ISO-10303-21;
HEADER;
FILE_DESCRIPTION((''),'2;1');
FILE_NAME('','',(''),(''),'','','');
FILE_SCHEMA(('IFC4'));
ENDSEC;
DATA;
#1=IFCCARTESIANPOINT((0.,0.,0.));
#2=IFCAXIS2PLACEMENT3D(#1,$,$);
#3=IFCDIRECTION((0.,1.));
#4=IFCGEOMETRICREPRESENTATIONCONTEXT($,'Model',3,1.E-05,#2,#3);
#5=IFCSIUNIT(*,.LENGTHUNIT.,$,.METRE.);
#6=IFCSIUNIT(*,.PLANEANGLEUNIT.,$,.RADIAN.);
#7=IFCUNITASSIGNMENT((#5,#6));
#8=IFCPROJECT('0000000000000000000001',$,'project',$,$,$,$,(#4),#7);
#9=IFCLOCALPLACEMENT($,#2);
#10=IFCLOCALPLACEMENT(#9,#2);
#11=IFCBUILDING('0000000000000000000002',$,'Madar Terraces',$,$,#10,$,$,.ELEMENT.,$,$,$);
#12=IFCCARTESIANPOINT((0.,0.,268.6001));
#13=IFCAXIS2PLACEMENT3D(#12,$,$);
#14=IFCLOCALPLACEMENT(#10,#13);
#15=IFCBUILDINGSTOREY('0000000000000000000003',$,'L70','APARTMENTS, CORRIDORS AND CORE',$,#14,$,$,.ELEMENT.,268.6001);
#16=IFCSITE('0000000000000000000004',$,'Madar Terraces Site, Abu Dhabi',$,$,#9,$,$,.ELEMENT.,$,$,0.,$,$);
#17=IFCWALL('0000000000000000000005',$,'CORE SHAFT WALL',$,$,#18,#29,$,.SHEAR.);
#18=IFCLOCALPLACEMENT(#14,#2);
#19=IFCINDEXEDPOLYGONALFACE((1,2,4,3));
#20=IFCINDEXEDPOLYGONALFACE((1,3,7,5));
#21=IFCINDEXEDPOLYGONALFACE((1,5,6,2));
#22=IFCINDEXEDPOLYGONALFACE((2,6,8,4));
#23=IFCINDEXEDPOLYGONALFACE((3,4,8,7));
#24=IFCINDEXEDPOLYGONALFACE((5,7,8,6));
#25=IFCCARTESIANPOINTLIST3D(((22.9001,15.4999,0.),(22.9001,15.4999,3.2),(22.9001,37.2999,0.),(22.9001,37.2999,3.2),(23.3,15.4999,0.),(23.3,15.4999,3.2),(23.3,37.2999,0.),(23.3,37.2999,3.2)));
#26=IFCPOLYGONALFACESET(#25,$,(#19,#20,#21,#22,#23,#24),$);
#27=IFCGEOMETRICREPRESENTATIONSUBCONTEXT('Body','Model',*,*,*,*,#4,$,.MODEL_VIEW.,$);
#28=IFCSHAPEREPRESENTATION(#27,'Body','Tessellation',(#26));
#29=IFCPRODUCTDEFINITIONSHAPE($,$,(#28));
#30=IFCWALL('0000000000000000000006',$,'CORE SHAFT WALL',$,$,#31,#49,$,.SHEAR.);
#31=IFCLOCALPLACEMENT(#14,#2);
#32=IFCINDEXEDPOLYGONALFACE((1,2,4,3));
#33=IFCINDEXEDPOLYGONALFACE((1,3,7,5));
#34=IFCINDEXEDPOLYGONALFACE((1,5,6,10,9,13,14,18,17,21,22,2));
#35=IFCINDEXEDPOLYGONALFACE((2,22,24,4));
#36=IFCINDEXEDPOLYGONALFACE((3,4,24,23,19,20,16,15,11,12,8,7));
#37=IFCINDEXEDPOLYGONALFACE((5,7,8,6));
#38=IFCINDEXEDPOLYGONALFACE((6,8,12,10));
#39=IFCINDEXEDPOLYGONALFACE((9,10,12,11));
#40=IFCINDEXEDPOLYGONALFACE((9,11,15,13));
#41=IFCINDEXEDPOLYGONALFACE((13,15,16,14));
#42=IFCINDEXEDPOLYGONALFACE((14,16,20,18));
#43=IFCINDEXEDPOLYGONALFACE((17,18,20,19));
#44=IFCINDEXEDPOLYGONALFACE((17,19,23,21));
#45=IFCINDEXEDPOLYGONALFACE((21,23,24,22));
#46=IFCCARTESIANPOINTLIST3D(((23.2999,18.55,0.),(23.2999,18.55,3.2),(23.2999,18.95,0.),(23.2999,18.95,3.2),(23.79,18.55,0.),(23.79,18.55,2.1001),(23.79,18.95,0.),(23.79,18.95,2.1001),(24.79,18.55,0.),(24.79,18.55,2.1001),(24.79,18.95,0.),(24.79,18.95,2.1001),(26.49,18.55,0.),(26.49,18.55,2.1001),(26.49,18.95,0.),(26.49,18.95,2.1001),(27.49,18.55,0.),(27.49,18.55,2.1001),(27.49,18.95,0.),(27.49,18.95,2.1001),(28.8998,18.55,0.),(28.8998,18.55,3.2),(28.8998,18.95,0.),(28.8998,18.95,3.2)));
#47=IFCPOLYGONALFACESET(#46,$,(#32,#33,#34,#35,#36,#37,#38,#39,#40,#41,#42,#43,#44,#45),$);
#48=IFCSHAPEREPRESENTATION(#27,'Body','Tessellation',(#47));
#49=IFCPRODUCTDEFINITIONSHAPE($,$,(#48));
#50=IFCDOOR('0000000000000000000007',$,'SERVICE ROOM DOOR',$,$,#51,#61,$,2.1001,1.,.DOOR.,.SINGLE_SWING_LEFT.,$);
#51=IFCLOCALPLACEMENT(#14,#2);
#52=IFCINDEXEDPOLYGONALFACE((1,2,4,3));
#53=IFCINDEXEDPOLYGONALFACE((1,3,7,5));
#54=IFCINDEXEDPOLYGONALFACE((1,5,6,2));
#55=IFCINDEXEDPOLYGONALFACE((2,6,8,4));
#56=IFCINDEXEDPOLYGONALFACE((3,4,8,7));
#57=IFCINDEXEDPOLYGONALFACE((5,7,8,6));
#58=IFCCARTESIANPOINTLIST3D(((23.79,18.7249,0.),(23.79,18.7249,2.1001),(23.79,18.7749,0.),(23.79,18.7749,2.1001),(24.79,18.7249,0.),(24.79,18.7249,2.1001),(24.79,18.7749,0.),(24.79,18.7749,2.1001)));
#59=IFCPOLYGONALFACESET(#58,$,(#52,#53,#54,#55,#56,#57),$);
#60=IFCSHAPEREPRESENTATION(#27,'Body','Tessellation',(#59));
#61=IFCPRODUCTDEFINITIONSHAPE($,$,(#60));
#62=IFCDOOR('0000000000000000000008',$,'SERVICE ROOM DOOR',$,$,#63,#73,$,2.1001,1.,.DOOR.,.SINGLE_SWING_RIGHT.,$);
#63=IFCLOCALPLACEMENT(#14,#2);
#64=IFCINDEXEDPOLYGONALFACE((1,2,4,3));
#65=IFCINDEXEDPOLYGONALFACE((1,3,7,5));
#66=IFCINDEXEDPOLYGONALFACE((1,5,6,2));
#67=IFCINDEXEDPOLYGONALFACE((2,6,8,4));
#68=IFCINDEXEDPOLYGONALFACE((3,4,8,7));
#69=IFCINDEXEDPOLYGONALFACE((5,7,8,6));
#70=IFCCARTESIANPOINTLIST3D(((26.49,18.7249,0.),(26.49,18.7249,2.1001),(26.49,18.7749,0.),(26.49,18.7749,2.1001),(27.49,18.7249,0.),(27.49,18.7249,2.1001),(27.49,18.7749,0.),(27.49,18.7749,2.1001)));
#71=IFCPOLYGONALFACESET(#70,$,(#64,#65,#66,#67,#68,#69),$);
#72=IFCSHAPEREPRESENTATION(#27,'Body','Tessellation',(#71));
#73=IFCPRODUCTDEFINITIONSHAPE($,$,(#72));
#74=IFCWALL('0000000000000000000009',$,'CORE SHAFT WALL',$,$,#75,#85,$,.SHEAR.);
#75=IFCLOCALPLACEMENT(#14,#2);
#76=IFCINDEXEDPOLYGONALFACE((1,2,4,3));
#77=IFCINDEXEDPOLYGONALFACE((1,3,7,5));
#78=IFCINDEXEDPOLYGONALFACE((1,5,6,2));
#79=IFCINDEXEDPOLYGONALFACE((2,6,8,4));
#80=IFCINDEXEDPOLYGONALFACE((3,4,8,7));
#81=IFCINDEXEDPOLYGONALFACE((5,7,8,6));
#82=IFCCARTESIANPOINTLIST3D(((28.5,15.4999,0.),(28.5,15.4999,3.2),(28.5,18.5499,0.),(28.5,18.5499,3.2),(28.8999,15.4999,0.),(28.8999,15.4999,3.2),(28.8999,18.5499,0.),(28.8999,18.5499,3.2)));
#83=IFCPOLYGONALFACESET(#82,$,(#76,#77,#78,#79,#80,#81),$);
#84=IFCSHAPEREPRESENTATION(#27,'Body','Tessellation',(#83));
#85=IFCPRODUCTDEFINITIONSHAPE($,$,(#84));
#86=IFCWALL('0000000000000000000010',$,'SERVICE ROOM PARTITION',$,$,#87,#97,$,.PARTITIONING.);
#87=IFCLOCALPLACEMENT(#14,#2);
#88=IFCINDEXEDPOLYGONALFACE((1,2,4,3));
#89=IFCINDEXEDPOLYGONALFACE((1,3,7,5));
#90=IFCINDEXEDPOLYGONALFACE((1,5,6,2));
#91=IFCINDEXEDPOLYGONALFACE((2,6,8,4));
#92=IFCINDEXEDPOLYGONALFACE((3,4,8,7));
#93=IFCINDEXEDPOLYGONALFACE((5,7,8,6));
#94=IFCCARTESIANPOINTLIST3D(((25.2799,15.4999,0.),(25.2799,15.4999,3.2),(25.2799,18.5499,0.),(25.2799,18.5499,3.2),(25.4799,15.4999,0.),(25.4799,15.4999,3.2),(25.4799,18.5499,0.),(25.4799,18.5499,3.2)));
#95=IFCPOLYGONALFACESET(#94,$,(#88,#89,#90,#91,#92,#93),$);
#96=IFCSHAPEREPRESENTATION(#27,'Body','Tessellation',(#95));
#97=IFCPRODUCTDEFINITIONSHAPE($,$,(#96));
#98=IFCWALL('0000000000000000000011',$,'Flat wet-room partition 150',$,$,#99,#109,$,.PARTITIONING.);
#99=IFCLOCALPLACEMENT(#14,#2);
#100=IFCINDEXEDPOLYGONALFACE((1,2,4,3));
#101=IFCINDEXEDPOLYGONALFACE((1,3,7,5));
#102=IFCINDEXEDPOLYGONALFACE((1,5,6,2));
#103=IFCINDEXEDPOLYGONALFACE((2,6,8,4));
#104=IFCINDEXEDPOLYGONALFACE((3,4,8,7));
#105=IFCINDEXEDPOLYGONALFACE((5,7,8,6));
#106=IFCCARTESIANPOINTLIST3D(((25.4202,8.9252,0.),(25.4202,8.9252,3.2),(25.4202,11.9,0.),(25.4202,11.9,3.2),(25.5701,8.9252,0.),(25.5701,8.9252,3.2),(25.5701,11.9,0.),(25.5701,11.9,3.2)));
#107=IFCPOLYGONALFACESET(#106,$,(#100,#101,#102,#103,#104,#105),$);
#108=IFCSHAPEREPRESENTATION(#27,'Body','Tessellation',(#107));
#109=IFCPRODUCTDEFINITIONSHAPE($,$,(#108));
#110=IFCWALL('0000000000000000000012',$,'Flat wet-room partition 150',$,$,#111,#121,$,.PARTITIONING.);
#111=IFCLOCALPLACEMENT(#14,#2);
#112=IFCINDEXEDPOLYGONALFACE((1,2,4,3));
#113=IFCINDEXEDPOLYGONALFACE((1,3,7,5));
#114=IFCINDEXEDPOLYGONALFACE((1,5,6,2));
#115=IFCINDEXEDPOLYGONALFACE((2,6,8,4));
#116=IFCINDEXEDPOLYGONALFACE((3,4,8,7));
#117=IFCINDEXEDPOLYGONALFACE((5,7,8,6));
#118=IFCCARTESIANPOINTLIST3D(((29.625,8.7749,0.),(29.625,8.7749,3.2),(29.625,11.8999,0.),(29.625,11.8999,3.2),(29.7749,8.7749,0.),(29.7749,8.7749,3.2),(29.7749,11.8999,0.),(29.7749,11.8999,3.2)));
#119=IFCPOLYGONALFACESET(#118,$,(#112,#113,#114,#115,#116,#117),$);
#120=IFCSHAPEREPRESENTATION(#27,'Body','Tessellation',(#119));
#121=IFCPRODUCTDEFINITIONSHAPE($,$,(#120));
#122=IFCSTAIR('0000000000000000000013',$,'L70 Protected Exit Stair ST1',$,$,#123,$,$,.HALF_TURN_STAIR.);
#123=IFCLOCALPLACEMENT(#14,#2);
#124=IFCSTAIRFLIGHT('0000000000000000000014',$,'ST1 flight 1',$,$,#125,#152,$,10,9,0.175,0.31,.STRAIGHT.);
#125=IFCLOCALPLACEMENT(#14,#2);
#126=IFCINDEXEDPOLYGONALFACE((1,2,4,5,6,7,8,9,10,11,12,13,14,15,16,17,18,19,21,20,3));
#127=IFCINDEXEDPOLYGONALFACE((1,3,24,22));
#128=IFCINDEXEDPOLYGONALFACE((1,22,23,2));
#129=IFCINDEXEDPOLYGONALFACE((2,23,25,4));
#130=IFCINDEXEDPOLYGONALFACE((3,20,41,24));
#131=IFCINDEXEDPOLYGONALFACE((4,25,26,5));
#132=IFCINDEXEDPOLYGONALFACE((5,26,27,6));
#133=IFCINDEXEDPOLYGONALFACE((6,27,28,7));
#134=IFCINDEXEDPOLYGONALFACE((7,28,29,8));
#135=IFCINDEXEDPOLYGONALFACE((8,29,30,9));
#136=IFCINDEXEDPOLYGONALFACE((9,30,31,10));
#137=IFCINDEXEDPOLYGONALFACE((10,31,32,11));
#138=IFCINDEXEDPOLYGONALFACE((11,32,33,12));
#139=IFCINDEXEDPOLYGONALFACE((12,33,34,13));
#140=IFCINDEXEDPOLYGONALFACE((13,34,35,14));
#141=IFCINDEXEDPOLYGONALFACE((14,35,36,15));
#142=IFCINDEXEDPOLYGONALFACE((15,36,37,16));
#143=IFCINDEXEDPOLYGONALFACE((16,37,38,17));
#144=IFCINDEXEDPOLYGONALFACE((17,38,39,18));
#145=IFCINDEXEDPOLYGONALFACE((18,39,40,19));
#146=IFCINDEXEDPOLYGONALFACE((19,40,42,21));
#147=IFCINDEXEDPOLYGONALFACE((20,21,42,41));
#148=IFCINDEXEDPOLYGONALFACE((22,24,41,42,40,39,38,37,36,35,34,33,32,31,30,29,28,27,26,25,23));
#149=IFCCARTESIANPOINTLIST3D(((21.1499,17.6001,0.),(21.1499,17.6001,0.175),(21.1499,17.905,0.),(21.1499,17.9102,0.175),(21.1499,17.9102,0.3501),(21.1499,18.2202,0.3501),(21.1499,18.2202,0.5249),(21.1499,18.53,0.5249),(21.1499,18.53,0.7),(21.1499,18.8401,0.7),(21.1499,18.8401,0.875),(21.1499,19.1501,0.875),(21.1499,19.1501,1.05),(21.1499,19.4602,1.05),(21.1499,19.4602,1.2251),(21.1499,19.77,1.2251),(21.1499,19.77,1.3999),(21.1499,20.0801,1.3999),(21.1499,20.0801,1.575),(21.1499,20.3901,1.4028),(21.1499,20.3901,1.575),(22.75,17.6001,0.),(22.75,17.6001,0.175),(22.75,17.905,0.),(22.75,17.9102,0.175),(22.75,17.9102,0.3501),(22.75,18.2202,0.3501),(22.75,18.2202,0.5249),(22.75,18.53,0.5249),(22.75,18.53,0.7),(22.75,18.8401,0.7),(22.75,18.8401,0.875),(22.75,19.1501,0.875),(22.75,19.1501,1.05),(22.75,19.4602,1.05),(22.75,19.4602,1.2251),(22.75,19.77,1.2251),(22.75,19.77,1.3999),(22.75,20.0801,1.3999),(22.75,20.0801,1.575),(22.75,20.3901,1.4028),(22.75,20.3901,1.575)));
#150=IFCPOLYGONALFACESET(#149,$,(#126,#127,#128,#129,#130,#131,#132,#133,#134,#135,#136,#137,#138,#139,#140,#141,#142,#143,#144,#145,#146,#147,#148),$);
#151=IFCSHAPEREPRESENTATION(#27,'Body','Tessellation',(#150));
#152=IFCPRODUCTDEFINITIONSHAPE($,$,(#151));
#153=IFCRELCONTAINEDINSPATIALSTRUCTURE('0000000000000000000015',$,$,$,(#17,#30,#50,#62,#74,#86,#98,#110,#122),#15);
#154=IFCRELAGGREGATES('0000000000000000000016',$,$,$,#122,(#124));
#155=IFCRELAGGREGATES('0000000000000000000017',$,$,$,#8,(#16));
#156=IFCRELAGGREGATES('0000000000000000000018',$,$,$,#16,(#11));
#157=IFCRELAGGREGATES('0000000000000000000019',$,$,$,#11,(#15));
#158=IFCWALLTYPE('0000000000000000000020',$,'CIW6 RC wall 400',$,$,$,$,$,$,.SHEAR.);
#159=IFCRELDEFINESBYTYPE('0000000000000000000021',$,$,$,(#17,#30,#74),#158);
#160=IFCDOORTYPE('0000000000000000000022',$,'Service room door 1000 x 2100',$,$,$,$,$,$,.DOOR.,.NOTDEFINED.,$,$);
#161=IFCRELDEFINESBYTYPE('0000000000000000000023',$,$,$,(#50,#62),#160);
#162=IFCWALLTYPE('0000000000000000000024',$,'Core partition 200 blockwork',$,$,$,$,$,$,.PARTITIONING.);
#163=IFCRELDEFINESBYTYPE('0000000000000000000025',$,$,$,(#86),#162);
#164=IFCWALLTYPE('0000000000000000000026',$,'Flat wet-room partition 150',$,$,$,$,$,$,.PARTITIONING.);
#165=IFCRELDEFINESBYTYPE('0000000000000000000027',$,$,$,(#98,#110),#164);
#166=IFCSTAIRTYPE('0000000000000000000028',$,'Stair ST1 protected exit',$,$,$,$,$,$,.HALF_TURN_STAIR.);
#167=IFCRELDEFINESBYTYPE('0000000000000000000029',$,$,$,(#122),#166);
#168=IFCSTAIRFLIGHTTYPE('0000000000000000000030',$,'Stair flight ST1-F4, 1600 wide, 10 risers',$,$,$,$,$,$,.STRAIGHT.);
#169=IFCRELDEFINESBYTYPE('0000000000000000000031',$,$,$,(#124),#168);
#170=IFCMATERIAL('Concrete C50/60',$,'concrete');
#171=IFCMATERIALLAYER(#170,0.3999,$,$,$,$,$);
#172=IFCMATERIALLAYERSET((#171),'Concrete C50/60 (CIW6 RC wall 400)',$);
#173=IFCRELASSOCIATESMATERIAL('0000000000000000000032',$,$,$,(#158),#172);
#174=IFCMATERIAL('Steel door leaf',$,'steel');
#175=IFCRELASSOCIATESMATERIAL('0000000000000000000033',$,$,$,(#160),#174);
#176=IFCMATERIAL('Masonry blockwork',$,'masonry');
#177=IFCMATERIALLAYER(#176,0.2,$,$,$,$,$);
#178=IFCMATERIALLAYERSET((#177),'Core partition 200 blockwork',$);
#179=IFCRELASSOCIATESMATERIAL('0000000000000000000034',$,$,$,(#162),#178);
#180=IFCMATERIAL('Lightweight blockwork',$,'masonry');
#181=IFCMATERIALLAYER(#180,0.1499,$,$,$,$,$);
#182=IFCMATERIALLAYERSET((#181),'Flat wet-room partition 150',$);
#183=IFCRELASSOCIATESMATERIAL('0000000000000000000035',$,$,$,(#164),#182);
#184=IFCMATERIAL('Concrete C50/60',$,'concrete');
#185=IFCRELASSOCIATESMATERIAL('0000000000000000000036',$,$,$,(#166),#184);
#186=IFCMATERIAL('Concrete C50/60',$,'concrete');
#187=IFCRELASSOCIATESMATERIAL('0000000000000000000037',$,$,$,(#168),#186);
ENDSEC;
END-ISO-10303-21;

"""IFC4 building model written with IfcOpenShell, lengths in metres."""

from ifc_helpers import new_model, si_unit, direction, frame, frame_2d, origin, place, context, subcontext, project, spatial, polyline, rectangle, outline, extrude, material, layer, layer_set, type_object, element, fill, aggregate, save


model = new_model("IFC4")

# Units and contexts
model_context = context("Model", 3, precision=1e-05, world=origin(), true_north=direction((0.0, 1.0)))
body_context = subcontext(model_context, "Body", "Model", "MODEL_VIEW")
ifc_project = project(units=[si_unit("LENGTHUNIT", "METRE"), si_unit("PLANEANGLEUNIT", "RADIAN")], contexts=[model_context])

# Site, building, storey
site_placement = place(None, origin())
site = spatial("IfcSite", under=ifc_project, at=site_placement, Name="Madar Terraces Site, Abu Dhabi", CompositionType="ELEMENT", RefElevation=0.0)
building_placement = place(site_placement, origin())
building = spatial("IfcBuilding", under=site, at=building_placement, Name="Madar Terraces", CompositionType="ELEMENT")
storey_placement = place(building_placement, frame((0.0, 0.0, 268.6001)))
storey = spatial("IfcBuildingStorey", under=building, at=storey_placement, Name="L70", Description="APARTMENTS, CORRIDORS AND CORE", CompositionType="ELEMENT", Elevation=268.6001)

# Wall
ifc_material_1 = material(Name="Concrete C50/60", Category="concrete")
ifc_layer_1 = layer(ifc_material_1, 0.3999)
ifc_layer_set_1 = layer_set([ifc_layer_1], Name="Concrete C50/60 (CIW6 RC wall 400)")
wall_type_1 = type_object("IfcWallType", Name="CIW6 RC wall 400", PredefinedType="SHEAR", material=ifc_layer_set_1)
wall_1_placement = place(storey_placement, frame((23.1001, 15.5, 0.0), z_axis=(0.0, 0.0, 1.0), x_axis=(0.0, 1.0, 0.0)))
element("IfcWall", 1, at=wall_1_placement, inside=storey, type_object=wall_type_1, Name="CORE SHAFT WALL", PredefinedType="SHEAR", context=body_context, shape_type="SweptSolid", body=[
    extrude(rectangle(XDim=21.8, YDim=0.3999, at=frame_2d((10.8999, 0.0))), origin(), (0.0, 0.0, 1.0), 3.2),
])

# Wall, openings, doors
wall_2_placement = place(storey_placement, frame((23.3, 18.75, 0.0), z_axis=(0.0, 0.0, 1.0), x_axis=(1.0, 0.0, 0.0)))
wall_2 = element("IfcWall", 2, at=wall_2_placement, inside=storey, type_object=wall_type_1, Name="CORE SHAFT WALL", PredefinedType="SHEAR", context=body_context, shape_type="SweptSolid", body=[
    extrude(rectangle(XDim=5.5999, YDim=0.3999, at=frame_2d((2.7998, 0.0))), origin(), (0.0, 0.0, 1.0), 3.2),
])
opening_1_placement = place(wall_2_placement, frame((0.49, 0.0, 0.0)))
opening_1 = element("IfcOpeningElement", 3, at=opening_1_placement, cuts=wall_2, PredefinedType="OPENING", context=body_context, shape_type="SweptSolid", body=[
    extrude(rectangle(XDim=1.0, YDim=2.1001, at=frame_2d((0.5, 1.05))), frame((0.0, 0.21, 0.0), z_axis=(0.0, -1.0, 0.0), x_axis=(1.0, 0.0, 0.0)), (0.0, 0.0, 1.0), 0.4199),
])
opening_2_placement = place(wall_2_placement, frame((3.1899, 0.0, 0.0)))
opening_2 = element("IfcOpeningElement", 4, at=opening_2_placement, cuts=wall_2, PredefinedType="OPENING", context=body_context, shape_type="SweptSolid", body=[
    extrude(rectangle(XDim=1.0, YDim=2.1001, at=frame_2d((0.5, 1.05))), frame((0.0, 0.21, 0.0), z_axis=(0.0, -1.0, 0.0), x_axis=(1.0, 0.0, 0.0)), (0.0, 0.0, 1.0), 0.4199),
])
ifc_material_2 = material(Name="Steel door leaf", Category="steel")
door_type = type_object("IfcDoorType", Name="Service room door 1000 x 2100", OperationType="NOTDEFINED", PredefinedType="DOOR", material=ifc_material_2)
door_1_placement = place(opening_1_placement, origin())
door_1 = element("IfcDoor", 5, at=door_1_placement, inside=storey, type_object=door_type, Name="SERVICE ROOM DOOR", OperationType="SINGLE_SWING_LEFT", OverallHeight=2.1001, OverallWidth=1.0, PredefinedType="DOOR", context=body_context, shape_type="SweptSolid", body=[
    extrude(rectangle(XDim=1.0, YDim=2.1001, at=frame_2d((0.5, 1.05))), frame((0.0, 0.0249, 0.0), z_axis=(0.0, -1.0, 0.0), x_axis=(1.0, 0.0, 0.0)), (0.0, 0.0, 1.0), 0.05),
])
fill(opening_1, door_1)
door_2_placement = place(opening_2_placement, origin())
door_2 = element("IfcDoor", 6, at=door_2_placement, inside=storey, type_object=door_type, Name="SERVICE ROOM DOOR", OperationType="SINGLE_SWING_RIGHT", OverallHeight=2.1001, OverallWidth=1.0, PredefinedType="DOOR", context=body_context, shape_type="SweptSolid", body=[
    extrude(rectangle(XDim=1.0, YDim=2.1001, at=frame_2d((0.5, 1.05))), frame((0.0, 0.0249, 0.0), z_axis=(0.0, -1.0, 0.0), x_axis=(1.0, 0.0, 0.0)), (0.0, 0.0, 1.0), 0.05),
])
fill(opening_2, door_2)

# Walls
wall_3_placement = place(storey_placement, frame((28.7, 15.5, 0.0), z_axis=(0.0, 0.0, 1.0), x_axis=(0.0, 1.0, 0.0)))
element("IfcWall", 7, at=wall_3_placement, inside=storey, type_object=wall_type_1, Name="CORE SHAFT WALL", PredefinedType="SHEAR", context=body_context, shape_type="SweptSolid", body=[
    extrude(rectangle(XDim=3.05, YDim=0.3999, at=frame_2d((1.5249, 0.0))), origin(), (0.0, 0.0, 1.0), 3.2),
])
ifc_material_3 = material(Name="Masonry blockwork", Category="masonry")
ifc_layer_2 = layer(ifc_material_3, 0.2)
ifc_layer_set_2 = layer_set([ifc_layer_2], Name="Core partition 200 blockwork")
wall_type_2 = type_object("IfcWallType", Name="Core partition 200 blockwork", PredefinedType="PARTITIONING", material=ifc_layer_set_2)
wall_4_placement = place(storey_placement, frame((25.3799, 15.5, 0.0), z_axis=(0.0, 0.0, 1.0), x_axis=(0.0, 1.0, 0.0)))
element("IfcWall", 8, at=wall_4_placement, inside=storey, type_object=wall_type_2, Name="SERVICE ROOM PARTITION", PredefinedType="PARTITIONING", context=body_context, shape_type="SweptSolid", body=[
    extrude(rectangle(XDim=3.05, YDim=0.2, at=frame_2d((1.5249, 0.0))), origin(), (0.0, 0.0, 1.0), 3.2),
])
ifc_material_4 = material(Name="Lightweight blockwork", Category="masonry")
ifc_layer_3 = layer(ifc_material_4, 0.1499)
ifc_layer_set_3 = layer_set([ifc_layer_3], Name="Flat wet-room partition 150")
wall_type_3 = type_object("IfcWallType", Name="Flat wet-room partition 150", PredefinedType="PARTITIONING", material=ifc_layer_set_3)
wall_5_placement = place(storey_placement, frame((25.4951, 11.8999, 0.0), z_axis=(0.0, 0.0, 1.0), x_axis=(0.0, -1.0, 0.0)))
element("IfcWall", 9, at=wall_5_placement, inside=storey, type_object=wall_type_3, Name="Flat wet-room partition 150", PredefinedType="PARTITIONING", context=body_context, shape_type="SweptSolid", body=[
    extrude(rectangle(XDim=2.9749, YDim=0.1499, at=frame_2d((1.4873, 0.0))), origin(), (0.0, 0.0, 1.0), 3.2),
])
wall_6_placement = place(storey_placement, frame((29.7, 11.8999, 0.0), z_axis=(0.0, 0.0, 1.0), x_axis=(0.0, -1.0, 0.0)))
element("IfcWall", 10, at=wall_6_placement, inside=storey, type_object=wall_type_3, Name="Flat wet-room partition 150", PredefinedType="PARTITIONING", context=body_context, shape_type="SweptSolid", body=[
    extrude(rectangle(XDim=3.125, YDim=0.1499, at=frame_2d((1.5625, 0.0))), origin(), (0.0, 0.0, 1.0), 3.2),
])

# Stair, stair flight
ifc_material_5 = material(Name="Concrete C50/60", Category="concrete")
stair_type = type_object("IfcStairType", Name="Stair ST1 protected exit", PredefinedType="HALF_TURN_STAIR", material=ifc_material_5)
stair_placement = place(storey_placement, origin())
stair = element("IfcStair", 11, at=stair_placement, inside=storey, type_object=stair_type, Name="L70 Protected Exit Stair ST1", PredefinedType="HALF_TURN_STAIR")
ifc_material_6 = material(Name="Concrete C50/60", Category="concrete")
stair_flight_type = type_object("IfcStairFlightType", Name="Stair flight ST1-F4, 1600 wide, 10 risers", PredefinedType="STRAIGHT", material=ifc_material_6)
stair_flight_placement = place(storey_placement, frame((21.95, 17.6001, 0.0), z_axis=(0.0, 0.0, 1.0), x_axis=(0.0, 1.0, 0.0)))
stair_flight = element("IfcStairFlight", 12, at=stair_flight_placement, type_object=stair_flight_type, Name="ST1 flight 1", NumberOfRisers=10, NumberOfTreads=9, PredefinedType="STRAIGHT", RiserHeight=0.175, TreadLength=0.31, context=body_context, shape_type="SweptSolid", body=[
    extrude(outline(polyline([(0.0, 0.0), (0.0, 0.175), (0.3101, 0.175), (0.3101, 0.3501), (0.6201, 0.3501), (0.6201, 0.5249), (0.9299, 0.5249), (0.9299, 0.7), (1.24, 0.7), (1.24, 0.875), (1.55, 0.875), (1.55, 1.05), (1.8601, 1.05), (1.8601, 1.2251), (2.1699, 1.2251), (2.1699, 1.3999), (2.48, 1.3999), (2.48, 1.575), (2.79, 1.575), (2.79, 1.75), (2.79, 1.4028), (0.3049, 0.0), (0.0, 0.0)])), frame((0.0, 0.8, 0.0), z_axis=(0.0, -1.0, 0.0), x_axis=(1.0, 0.0, 0.0)), (0.0, 0.0, 1.0), 1.6001),
])
aggregate(stair, [stair_flight])

save(model, "model.ifc")
